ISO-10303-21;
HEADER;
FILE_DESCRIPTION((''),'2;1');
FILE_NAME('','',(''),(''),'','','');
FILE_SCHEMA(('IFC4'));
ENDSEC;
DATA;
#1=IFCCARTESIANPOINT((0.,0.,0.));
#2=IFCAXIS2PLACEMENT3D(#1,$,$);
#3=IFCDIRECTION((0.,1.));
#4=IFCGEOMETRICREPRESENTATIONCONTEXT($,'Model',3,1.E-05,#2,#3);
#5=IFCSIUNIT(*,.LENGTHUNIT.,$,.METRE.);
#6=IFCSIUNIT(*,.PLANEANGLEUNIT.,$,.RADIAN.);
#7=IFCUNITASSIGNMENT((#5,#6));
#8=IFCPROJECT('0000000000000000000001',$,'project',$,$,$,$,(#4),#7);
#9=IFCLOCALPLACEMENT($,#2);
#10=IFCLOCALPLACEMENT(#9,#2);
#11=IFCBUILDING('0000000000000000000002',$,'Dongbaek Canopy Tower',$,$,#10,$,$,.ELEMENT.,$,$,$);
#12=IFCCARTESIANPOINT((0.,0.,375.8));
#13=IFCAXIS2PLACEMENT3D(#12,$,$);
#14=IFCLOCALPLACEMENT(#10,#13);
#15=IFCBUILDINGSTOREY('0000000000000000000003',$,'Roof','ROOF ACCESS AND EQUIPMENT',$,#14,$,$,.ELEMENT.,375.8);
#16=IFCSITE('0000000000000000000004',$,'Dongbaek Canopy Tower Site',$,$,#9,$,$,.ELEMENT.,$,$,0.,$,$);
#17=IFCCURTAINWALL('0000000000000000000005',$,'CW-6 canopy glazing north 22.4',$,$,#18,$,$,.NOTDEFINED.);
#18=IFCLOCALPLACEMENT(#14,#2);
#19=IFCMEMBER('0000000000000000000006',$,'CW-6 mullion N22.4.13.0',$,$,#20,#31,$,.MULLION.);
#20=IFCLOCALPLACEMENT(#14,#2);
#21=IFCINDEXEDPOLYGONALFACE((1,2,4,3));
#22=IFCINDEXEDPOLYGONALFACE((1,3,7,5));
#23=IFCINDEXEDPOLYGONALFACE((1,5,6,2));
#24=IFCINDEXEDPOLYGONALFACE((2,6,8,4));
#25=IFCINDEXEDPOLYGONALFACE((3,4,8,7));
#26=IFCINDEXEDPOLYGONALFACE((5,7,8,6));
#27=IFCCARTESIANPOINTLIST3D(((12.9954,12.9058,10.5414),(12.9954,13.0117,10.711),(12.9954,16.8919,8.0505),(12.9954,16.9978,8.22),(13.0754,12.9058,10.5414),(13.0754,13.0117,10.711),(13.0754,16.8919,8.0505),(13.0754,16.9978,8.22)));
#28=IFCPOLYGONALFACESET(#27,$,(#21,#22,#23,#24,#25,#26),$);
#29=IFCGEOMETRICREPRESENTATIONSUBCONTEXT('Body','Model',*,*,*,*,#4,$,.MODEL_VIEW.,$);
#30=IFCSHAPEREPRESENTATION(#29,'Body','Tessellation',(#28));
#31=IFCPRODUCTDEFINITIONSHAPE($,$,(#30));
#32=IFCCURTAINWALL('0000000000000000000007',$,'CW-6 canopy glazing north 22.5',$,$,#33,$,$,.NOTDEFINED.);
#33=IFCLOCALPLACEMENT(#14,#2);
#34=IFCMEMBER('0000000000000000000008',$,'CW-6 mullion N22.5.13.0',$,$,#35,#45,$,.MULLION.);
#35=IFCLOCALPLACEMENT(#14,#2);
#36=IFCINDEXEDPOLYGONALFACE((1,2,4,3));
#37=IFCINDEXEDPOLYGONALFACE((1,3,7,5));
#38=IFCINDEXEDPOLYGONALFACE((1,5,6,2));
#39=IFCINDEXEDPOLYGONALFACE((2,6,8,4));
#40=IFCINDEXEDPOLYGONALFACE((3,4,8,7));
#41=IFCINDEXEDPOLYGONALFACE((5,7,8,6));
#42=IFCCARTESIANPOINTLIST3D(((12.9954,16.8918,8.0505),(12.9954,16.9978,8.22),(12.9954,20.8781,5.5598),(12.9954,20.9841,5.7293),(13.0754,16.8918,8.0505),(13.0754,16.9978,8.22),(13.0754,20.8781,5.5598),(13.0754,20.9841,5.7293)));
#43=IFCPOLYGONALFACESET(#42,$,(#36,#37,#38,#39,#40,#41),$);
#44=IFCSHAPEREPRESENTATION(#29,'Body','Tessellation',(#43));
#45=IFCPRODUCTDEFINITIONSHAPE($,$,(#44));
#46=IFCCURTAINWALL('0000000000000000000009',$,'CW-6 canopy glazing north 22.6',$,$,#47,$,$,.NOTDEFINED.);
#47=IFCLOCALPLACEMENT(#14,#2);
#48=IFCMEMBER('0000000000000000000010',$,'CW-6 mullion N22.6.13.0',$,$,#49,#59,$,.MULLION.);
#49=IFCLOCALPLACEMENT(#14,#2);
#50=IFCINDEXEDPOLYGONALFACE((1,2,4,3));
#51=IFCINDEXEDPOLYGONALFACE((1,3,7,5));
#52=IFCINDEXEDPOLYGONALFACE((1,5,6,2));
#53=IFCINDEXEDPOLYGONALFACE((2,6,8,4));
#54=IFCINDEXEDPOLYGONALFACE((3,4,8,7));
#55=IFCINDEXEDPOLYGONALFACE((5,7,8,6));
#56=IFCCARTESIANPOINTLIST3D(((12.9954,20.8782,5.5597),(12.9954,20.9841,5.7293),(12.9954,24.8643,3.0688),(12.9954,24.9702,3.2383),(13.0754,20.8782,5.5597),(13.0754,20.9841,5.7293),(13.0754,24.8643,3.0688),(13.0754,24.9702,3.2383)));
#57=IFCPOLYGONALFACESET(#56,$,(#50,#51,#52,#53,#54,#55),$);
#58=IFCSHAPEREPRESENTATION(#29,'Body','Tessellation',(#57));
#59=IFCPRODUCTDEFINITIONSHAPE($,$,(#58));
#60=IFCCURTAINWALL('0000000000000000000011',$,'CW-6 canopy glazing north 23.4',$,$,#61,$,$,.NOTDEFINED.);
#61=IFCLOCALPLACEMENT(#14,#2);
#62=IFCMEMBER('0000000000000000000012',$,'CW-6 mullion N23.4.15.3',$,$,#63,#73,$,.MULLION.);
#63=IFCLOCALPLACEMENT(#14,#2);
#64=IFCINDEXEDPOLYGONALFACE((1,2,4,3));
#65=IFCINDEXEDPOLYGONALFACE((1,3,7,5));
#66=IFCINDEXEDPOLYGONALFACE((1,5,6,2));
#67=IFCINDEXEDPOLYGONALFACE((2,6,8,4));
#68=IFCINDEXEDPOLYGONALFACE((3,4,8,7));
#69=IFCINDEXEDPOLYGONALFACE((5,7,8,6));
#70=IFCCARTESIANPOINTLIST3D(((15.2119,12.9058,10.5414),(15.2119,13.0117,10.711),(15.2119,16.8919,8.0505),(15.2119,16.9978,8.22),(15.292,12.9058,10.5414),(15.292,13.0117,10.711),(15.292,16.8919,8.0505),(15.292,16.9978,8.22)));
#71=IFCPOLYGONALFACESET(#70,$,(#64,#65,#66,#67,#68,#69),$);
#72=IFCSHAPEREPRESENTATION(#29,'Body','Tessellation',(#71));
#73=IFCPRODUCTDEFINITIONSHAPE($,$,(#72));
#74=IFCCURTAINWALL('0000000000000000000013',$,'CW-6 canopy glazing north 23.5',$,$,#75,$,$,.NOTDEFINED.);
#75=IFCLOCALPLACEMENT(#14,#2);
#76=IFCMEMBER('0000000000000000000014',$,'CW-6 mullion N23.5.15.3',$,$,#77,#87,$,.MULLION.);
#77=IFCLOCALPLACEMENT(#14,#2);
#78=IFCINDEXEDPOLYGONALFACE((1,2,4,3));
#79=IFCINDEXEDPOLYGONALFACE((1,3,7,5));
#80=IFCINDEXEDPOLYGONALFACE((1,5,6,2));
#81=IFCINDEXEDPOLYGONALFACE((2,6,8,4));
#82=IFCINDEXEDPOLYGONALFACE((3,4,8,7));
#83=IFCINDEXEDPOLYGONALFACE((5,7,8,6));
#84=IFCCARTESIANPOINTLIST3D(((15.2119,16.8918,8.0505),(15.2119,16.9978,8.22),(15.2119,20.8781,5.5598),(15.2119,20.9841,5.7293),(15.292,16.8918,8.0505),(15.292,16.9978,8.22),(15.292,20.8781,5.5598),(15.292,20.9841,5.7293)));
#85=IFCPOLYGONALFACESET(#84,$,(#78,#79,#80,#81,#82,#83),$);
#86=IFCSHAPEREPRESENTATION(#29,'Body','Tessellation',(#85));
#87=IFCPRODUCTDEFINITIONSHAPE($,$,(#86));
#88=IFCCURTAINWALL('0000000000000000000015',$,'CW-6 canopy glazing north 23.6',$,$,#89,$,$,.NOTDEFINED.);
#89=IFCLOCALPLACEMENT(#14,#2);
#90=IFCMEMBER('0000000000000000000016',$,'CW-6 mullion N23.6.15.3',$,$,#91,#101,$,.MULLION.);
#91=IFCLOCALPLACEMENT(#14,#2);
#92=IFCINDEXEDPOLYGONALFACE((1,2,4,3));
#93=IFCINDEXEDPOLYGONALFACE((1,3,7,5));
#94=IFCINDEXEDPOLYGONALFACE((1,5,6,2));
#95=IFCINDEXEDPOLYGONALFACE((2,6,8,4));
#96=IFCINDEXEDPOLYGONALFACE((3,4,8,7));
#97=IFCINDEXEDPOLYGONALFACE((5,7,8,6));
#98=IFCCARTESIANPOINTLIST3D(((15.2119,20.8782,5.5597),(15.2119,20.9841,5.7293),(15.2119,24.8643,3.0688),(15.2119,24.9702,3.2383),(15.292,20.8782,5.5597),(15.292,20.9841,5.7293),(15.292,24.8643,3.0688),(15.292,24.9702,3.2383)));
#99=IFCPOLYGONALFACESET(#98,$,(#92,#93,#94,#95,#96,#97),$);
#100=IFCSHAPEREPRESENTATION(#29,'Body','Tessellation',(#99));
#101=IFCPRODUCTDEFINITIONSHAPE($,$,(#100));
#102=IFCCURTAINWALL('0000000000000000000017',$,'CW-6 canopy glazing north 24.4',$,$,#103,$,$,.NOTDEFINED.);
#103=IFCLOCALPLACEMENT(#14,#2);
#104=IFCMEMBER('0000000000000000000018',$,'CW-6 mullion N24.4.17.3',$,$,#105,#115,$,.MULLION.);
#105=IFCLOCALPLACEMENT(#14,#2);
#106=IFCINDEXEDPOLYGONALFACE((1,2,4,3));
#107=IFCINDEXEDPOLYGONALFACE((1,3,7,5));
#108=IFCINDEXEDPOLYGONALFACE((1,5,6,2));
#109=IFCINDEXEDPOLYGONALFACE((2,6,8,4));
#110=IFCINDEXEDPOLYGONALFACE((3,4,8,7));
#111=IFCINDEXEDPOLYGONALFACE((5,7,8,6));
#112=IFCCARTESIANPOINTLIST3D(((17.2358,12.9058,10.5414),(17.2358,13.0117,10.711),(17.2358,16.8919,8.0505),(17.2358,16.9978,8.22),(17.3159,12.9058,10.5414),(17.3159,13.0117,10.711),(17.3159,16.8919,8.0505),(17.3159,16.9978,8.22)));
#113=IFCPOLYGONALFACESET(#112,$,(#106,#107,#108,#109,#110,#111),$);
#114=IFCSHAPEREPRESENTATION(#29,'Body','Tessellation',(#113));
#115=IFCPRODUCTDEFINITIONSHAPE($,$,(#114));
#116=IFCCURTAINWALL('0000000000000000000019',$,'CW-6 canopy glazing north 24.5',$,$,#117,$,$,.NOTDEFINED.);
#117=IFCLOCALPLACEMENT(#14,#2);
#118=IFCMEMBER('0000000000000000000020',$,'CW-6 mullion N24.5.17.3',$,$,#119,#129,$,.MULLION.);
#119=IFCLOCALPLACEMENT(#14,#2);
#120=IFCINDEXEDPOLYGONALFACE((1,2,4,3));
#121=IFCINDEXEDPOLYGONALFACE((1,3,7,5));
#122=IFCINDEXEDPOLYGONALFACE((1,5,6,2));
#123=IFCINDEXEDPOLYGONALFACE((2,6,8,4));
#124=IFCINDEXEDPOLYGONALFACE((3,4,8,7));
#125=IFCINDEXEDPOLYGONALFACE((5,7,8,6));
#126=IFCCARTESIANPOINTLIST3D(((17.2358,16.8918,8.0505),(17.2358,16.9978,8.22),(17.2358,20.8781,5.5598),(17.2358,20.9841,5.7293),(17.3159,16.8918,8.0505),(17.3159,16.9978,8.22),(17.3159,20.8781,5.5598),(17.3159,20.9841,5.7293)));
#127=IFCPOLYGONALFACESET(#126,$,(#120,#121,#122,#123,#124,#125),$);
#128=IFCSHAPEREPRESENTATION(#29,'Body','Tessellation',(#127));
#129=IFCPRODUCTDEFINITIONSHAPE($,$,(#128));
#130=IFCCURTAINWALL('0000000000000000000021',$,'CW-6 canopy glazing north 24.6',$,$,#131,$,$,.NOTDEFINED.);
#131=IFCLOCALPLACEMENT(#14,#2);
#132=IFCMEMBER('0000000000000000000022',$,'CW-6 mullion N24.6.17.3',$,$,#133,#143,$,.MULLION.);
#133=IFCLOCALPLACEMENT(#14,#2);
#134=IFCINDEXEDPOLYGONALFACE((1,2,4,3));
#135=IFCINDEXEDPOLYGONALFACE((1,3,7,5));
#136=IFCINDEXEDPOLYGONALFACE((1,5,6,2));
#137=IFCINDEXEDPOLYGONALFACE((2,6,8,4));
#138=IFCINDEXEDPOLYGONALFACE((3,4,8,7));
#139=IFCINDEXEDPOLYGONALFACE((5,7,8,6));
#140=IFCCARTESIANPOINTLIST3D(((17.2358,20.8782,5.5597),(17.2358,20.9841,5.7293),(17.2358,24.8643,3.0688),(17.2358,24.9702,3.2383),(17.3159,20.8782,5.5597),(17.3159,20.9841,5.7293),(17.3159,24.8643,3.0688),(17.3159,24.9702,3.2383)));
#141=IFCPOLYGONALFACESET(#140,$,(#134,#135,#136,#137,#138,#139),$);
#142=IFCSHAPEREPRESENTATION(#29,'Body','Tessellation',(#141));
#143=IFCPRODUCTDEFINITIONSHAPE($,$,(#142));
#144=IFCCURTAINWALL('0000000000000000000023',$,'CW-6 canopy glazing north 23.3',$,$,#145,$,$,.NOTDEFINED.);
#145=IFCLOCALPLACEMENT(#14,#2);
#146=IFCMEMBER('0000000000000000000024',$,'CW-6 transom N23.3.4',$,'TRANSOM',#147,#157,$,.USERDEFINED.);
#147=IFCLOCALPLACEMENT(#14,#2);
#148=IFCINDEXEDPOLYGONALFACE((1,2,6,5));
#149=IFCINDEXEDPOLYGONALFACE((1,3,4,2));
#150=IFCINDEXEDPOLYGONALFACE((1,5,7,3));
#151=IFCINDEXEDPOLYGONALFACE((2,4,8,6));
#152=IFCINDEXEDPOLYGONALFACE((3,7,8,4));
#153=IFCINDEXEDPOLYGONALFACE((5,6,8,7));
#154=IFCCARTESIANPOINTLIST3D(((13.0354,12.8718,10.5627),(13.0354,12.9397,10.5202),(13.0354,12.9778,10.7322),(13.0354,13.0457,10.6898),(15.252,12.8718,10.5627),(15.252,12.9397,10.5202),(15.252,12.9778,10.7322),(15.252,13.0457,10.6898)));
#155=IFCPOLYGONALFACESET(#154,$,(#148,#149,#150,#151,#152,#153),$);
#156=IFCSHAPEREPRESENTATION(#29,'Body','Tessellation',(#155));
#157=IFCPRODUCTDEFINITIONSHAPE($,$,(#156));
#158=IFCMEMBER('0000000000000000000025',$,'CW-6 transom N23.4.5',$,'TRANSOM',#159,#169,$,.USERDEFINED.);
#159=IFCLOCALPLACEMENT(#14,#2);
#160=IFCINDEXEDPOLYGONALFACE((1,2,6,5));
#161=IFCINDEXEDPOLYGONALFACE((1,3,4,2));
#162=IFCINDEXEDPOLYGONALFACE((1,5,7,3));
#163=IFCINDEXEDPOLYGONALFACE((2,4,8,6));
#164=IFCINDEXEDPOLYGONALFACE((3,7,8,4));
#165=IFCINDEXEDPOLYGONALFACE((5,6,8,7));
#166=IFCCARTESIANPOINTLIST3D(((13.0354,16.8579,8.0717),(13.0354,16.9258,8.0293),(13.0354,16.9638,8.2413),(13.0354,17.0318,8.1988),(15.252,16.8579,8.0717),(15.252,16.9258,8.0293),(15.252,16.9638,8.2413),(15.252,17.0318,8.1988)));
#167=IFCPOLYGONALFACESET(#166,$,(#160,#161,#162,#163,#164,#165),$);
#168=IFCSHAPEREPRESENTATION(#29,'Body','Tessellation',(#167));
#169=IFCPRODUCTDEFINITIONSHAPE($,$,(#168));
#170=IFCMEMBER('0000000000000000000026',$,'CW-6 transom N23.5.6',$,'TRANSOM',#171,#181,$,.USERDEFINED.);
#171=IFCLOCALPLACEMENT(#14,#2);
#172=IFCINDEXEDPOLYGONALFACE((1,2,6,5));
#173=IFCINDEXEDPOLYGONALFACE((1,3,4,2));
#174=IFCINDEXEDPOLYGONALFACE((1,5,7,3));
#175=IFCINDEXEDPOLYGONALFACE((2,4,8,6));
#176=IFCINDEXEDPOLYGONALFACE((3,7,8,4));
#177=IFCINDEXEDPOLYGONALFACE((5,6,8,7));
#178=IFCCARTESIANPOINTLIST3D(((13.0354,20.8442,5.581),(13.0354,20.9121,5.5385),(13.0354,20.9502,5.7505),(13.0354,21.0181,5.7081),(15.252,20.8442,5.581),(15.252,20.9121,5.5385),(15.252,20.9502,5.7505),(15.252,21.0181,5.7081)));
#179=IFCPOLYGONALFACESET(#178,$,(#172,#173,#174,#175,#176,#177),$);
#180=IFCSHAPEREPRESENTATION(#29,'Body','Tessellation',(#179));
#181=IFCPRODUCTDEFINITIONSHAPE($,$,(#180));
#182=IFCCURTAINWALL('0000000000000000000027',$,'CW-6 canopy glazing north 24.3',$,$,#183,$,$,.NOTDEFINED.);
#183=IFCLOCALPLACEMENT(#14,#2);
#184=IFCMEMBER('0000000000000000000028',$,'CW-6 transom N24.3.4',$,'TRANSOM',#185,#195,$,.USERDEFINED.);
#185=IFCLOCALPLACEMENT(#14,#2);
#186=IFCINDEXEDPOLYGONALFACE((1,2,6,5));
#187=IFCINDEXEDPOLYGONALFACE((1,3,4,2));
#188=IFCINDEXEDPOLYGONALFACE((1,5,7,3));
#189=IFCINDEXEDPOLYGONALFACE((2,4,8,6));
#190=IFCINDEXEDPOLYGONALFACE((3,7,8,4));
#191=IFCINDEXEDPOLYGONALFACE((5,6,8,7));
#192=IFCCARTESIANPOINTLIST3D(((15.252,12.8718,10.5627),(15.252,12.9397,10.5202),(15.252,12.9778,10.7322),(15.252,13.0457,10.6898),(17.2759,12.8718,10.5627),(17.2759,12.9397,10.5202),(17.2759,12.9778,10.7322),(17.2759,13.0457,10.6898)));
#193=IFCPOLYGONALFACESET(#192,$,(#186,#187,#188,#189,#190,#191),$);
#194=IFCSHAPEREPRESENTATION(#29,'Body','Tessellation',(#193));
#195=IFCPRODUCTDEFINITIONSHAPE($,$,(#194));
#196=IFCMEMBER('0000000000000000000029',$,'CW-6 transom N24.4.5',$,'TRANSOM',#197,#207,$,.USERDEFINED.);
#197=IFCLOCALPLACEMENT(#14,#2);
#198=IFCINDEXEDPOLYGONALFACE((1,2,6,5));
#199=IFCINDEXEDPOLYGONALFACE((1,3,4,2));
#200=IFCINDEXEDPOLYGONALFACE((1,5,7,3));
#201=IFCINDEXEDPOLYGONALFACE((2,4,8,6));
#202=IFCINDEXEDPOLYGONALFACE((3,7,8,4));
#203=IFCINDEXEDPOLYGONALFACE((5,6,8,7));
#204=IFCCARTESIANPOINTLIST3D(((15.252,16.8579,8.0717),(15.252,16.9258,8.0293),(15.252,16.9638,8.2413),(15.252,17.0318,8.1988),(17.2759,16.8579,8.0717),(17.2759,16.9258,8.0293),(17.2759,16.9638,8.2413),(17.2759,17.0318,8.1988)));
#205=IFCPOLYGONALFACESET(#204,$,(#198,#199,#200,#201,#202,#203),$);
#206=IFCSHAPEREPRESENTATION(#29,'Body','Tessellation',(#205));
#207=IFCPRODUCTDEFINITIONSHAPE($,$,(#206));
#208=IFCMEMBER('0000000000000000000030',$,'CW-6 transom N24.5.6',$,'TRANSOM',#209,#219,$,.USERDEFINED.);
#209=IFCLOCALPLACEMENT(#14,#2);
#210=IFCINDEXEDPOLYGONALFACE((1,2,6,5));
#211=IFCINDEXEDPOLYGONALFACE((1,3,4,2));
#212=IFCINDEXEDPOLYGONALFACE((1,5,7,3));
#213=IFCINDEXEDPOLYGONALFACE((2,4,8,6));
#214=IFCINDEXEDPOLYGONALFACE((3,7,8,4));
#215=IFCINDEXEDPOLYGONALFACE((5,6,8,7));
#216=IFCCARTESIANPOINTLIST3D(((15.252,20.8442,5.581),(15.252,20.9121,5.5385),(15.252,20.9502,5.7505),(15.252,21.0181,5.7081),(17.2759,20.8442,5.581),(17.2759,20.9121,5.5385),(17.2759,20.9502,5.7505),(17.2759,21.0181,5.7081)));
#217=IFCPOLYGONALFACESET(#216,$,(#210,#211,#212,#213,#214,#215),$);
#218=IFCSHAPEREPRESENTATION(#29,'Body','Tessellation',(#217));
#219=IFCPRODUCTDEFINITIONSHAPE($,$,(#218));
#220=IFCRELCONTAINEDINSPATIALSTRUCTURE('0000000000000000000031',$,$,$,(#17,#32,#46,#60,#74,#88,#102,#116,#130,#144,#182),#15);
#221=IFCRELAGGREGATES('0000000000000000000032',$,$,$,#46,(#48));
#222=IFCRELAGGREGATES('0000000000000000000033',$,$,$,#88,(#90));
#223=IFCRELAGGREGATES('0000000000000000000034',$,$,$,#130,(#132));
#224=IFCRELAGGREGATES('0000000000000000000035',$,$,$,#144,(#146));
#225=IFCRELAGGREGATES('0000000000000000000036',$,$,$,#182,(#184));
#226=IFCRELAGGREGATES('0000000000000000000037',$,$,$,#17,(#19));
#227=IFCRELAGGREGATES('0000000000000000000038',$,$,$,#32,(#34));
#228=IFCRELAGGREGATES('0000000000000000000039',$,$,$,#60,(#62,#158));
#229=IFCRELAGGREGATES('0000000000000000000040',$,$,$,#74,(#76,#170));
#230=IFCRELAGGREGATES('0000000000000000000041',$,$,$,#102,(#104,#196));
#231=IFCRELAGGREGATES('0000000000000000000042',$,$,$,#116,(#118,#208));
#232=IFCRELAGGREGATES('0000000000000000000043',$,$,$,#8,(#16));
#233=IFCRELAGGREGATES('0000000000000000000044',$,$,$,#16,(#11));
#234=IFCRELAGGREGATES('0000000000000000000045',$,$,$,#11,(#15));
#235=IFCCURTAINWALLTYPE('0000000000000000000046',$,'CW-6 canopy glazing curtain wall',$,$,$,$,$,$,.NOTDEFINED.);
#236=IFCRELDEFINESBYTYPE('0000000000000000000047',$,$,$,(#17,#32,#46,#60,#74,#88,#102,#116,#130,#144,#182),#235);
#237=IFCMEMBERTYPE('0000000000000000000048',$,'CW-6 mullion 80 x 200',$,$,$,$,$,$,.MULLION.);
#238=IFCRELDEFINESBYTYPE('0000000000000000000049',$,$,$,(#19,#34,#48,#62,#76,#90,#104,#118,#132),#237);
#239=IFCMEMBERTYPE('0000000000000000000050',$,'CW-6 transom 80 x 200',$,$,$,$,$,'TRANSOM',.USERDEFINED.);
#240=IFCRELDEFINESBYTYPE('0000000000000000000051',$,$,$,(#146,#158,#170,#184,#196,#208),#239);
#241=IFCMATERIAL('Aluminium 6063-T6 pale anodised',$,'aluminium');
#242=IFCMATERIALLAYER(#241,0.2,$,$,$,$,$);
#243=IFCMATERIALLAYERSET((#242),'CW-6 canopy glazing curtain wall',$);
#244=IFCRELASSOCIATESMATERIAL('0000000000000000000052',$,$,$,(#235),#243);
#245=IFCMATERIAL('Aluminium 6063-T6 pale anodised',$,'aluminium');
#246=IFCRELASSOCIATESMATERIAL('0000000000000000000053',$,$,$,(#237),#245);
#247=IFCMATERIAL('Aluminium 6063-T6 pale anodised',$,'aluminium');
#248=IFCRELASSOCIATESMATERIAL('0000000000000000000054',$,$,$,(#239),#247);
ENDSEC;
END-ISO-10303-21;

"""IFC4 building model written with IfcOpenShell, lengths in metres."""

from ifc_helpers import new_model, si_unit, direction, frame, origin, origin_2d, place, context, subcontext, project, spatial, rectangle, extrude, material, layer, layer_set, material_profile, profile_set, type_object, element, aggregate, save


model = new_model("IFC4")

# Units and contexts
model_context = context("Model", 3, precision=1e-05, world=origin(), true_north=direction((0.0, 1.0)))
body_context = subcontext(model_context, "Body", "Model", "MODEL_VIEW")
ifc_project = project(units=[si_unit("LENGTHUNIT", "METRE"), si_unit("PLANEANGLEUNIT", "RADIAN")], contexts=[model_context])

# Site, building, storey
site_placement = place(None, origin())
site = spatial("IfcSite", under=ifc_project, at=site_placement, Name="Dongbaek Canopy Tower Site", CompositionType="ELEMENT", RefElevation=0.0)
building_placement = place(site_placement, origin())
building = spatial("IfcBuilding", under=site, at=building_placement, Name="Dongbaek Canopy Tower", CompositionType="ELEMENT")
storey_placement = place(building_placement, frame((0.0, 0.0, 375.8)))
storey = spatial("IfcBuildingStorey", under=building, at=storey_placement, Name="Roof", Description="ROOF ACCESS AND EQUIPMENT", CompositionType="ELEMENT", Elevation=375.8)

# Curtain walls, members
ifc_material_1 = material(Name="Aluminium 6063-T6 pale anodised", Category="aluminium")
ifc_layer_1 = layer(ifc_material_1, 0.2)
ifc_layer_set_1 = layer_set([ifc_layer_1], Name="CW-6 canopy glazing curtain wall")
curtain_wall_type = type_object("IfcCurtainWallType", Name="CW-6 canopy glazing curtain wall", PredefinedType="NOTDEFINED", material=ifc_layer_set_1)
curtain_wall_1_placement = place(storey_placement, origin())
curtain_wall_1 = element("IfcCurtainWall", 1, at=curtain_wall_1_placement, inside=storey, type_object=curtain_wall_type, Name="CW-6 canopy glazing north 22.4", PredefinedType="NOTDEFINED")
ifc_material_2 = material(Name="Aluminium 6063-T6 pale anodised", Category="aluminium")
ifc_material_profile_1 = material_profile(ifc_material_2, rectangle(XDim=0.0801, YDim=0.2, at=origin_2d()), Name="CW-6 mullion 80 x 200")
ifc_profile_set_1 = profile_set([ifc_material_profile_1], Name="Aluminium 6063-T6 pale anodised")
member_type_1 = type_object("IfcMemberType", Name="CW-6 mullion 80 x 200", PredefinedType="MULLION", material=ifc_profile_set_1)
member_1_placement = place(storey_placement, frame((13.0354, 12.9587, 10.6262), z_axis=(0.0, 0.84803, -0.529948), x_axis=(-1.0, 0.0, 0.0)))
member_1 = element("IfcMember", 2, at=member_1_placement, type_object=member_type_1, Name="CW-6 mullion N22.4.13.0", PredefinedType="MULLION", context=body_context, shape_type="SweptSolid", body=[
    extrude(rectangle(XDim=0.0801, YDim=0.2, at=origin_2d()), origin(), (0.0, 0.0, 1.0), 4.7004),
])
curtain_wall_2_placement = place(storey_placement, origin())
curtain_wall_2 = element("IfcCurtainWall", 3, at=curtain_wall_2_placement, inside=storey, type_object=curtain_wall_type, Name="CW-6 canopy glazing north 22.5", PredefinedType="NOTDEFINED")
member_2_placement = place(storey_placement, frame((13.0354, 16.9448, 8.1353), z_axis=(0.0, 0.848068, -0.529887), x_axis=(-1.0, 0.0, 0.0)))
member_2 = element("IfcMember", 4, at=member_2_placement, type_object=member_type_1, Name="CW-6 mullion N22.5.13.0", PredefinedType="MULLION", context=body_context, shape_type="SweptSolid", body=[
    extrude(rectangle(XDim=0.0801, YDim=0.2, at=origin_2d()), origin(), (0.0, 0.0, 1.0), 4.7004),
])
curtain_wall_3_placement = place(storey_placement, origin())
curtain_wall_3 = element("IfcCurtainWall", 5, at=curtain_wall_3_placement, inside=storey, type_object=curtain_wall_type, Name="CW-6 canopy glazing north 22.6", PredefinedType="NOTDEFINED")
member_3_placement = place(storey_placement, frame((13.0354, 20.9312, 5.6445), z_axis=(0.0, 0.84803, -0.529948), x_axis=(-1.0, 0.0, 0.0)))
member_3 = element("IfcMember", 6, at=member_3_placement, type_object=member_type_1, Name="CW-6 mullion N22.6.13.0", PredefinedType="MULLION", context=body_context, shape_type="SweptSolid", body=[
    extrude(rectangle(XDim=0.0801, YDim=0.2, at=origin_2d()), origin(), (0.0, 0.0, 1.0), 4.7004),
])
aggregate(curtain_wall_3, [member_3])
curtain_wall_4_placement = place(storey_placement, origin())
curtain_wall_4 = element("IfcCurtainWall", 7, at=curtain_wall_4_placement, inside=storey, type_object=curtain_wall_type, Name="CW-6 canopy glazing north 23.4", PredefinedType="NOTDEFINED")
member_4_placement = place(storey_placement, frame((15.252, 12.9587, 10.6262), z_axis=(0.0, 0.84803, -0.529948), x_axis=(-1.0, 0.0, 0.0)))
member_4 = element("IfcMember", 8, at=member_4_placement, type_object=member_type_1, Name="CW-6 mullion N23.4.15.3", PredefinedType="MULLION", context=body_context, shape_type="SweptSolid", body=[
    extrude(rectangle(XDim=0.0801, YDim=0.2, at=origin_2d()), origin(), (0.0, 0.0, 1.0), 4.7004),
])
curtain_wall_5_placement = place(storey_placement, origin())
curtain_wall_5 = element("IfcCurtainWall", 9, at=curtain_wall_5_placement, inside=storey, type_object=curtain_wall_type, Name="CW-6 canopy glazing north 23.5", PredefinedType="NOTDEFINED")
member_5_placement = place(storey_placement, frame((15.252, 16.9448, 8.1353), z_axis=(0.0, 0.848068, -0.529887), x_axis=(-1.0, 0.0, 0.0)))
member_5 = element("IfcMember", 10, at=member_5_placement, type_object=member_type_1, Name="CW-6 mullion N23.5.15.3", PredefinedType="MULLION", context=body_context, shape_type="SweptSolid", body=[
    extrude(rectangle(XDim=0.0801, YDim=0.2, at=origin_2d()), origin(), (0.0, 0.0, 1.0), 4.7004),
])
curtain_wall_6_placement = place(storey_placement, origin())
curtain_wall_6 = element("IfcCurtainWall", 11, at=curtain_wall_6_placement, inside=storey, type_object=curtain_wall_type, Name="CW-6 canopy glazing north 23.6", PredefinedType="NOTDEFINED")
member_6_placement = place(storey_placement, frame((15.252, 20.9312, 5.6445), z_axis=(0.0, 0.84803, -0.529948), x_axis=(-1.0, 0.0, 0.0)))
member_6 = element("IfcMember", 12, at=member_6_placement, type_object=member_type_1, Name="CW-6 mullion N23.6.15.3", PredefinedType="MULLION", context=body_context, shape_type="SweptSolid", body=[
    extrude(rectangle(XDim=0.0801, YDim=0.2, at=origin_2d()), origin(), (0.0, 0.0, 1.0), 4.7004),
])
aggregate(curtain_wall_6, [member_6])
curtain_wall_7_placement = place(storey_placement, origin())
curtain_wall_7 = element("IfcCurtainWall", 13, at=curtain_wall_7_placement, inside=storey, type_object=curtain_wall_type, Name="CW-6 canopy glazing north 24.4", PredefinedType="NOTDEFINED")
member_7_placement = place(storey_placement, frame((17.2759, 12.9587, 10.6262), z_axis=(0.0, 0.84803, -0.529948), x_axis=(-1.0, 0.0, 0.0)))
member_7 = element("IfcMember", 14, at=member_7_placement, type_object=member_type_1, Name="CW-6 mullion N24.4.17.3", PredefinedType="MULLION", context=body_context, shape_type="SweptSolid", body=[
    extrude(rectangle(XDim=0.0801, YDim=0.2, at=origin_2d()), origin(), (0.0, 0.0, 1.0), 4.7004),
])
curtain_wall_8_placement = place(storey_placement, origin())
curtain_wall_8 = element("IfcCurtainWall", 15, at=curtain_wall_8_placement, inside=storey, type_object=curtain_wall_type, Name="CW-6 canopy glazing north 24.5", PredefinedType="NOTDEFINED")
member_8_placement = place(storey_placement, frame((17.2759, 16.9448, 8.1353), z_axis=(0.0, 0.848068, -0.529887), x_axis=(-1.0, 0.0, 0.0)))
member_8 = element("IfcMember", 16, at=member_8_placement, type_object=member_type_1, Name="CW-6 mullion N24.5.17.3", PredefinedType="MULLION", context=body_context, shape_type="SweptSolid", body=[
    extrude(rectangle(XDim=0.0801, YDim=0.2, at=origin_2d()), origin(), (0.0, 0.0, 1.0), 4.7004),
])
curtain_wall_9_placement = place(storey_placement, origin())
curtain_wall_9 = element("IfcCurtainWall", 17, at=curtain_wall_9_placement, inside=storey, type_object=curtain_wall_type, Name="CW-6 canopy glazing north 24.6", PredefinedType="NOTDEFINED")
member_9_placement = place(storey_placement, frame((17.2759, 20.9312, 5.6445), z_axis=(0.0, 0.84803, -0.529948), x_axis=(-1.0, 0.0, 0.0)))
member_9 = element("IfcMember", 18, at=member_9_placement, type_object=member_type_1, Name="CW-6 mullion N24.6.17.3", PredefinedType="MULLION", context=body_context, shape_type="SweptSolid", body=[
    extrude(rectangle(XDim=0.0801, YDim=0.2, at=origin_2d()), origin(), (0.0, 0.0, 1.0), 4.7004),
])
aggregate(curtain_wall_9, [member_9])
curtain_wall_10_placement = place(storey_placement, origin())
curtain_wall_10 = element("IfcCurtainWall", 19, at=curtain_wall_10_placement, inside=storey, type_object=curtain_wall_type, Name="CW-6 canopy glazing north 23.3", PredefinedType="NOTDEFINED")
ifc_material_3 = material(Name="Aluminium 6063-T6 pale anodised", Category="aluminium")
ifc_material_profile_2 = material_profile(ifc_material_3, rectangle(XDim=0.0801, YDim=0.2, at=origin_2d()), Name="CW-6 transom 80 x 200")
ifc_profile_set_2 = profile_set([ifc_material_profile_2], Name="Aluminium 6063-T6 pale anodised")
member_type_2 = type_object("IfcMemberType", Name="CW-6 transom 80 x 200", ElementType="TRANSOM", PredefinedType="USERDEFINED", material=ifc_profile_set_2)
member_10_placement = place(storey_placement, frame((13.0354, 12.9587, 10.6262), z_axis=(1.0, 0.0, 0.0), x_axis=(0.0, 0.848048, -0.529919)))
member_10 = element("IfcMember", 20, at=member_10_placement, type_object=member_type_2, Name="CW-6 transom N23.3.4", ObjectType="TRANSOM", PredefinedType="USERDEFINED", context=body_context, shape_type="SweptSolid", body=[
    extrude(rectangle(XDim=0.0801, YDim=0.2, at=origin_2d()), origin(), (0.0, 0.0, 1.0), 2.2166),
])
aggregate(curtain_wall_10, [member_10])

# Members
member_11_placement = place(storey_placement, frame((13.0354, 16.9448, 8.1353), z_axis=(1.0, 0.0, 0.0), x_axis=(0.0, 0.848048, -0.529919)))
member_11 = element("IfcMember", 21, at=member_11_placement, type_object=member_type_2, Name="CW-6 transom N23.4.5", ObjectType="TRANSOM", PredefinedType="USERDEFINED", context=body_context, shape_type="SweptSolid", body=[
    extrude(rectangle(XDim=0.0801, YDim=0.2, at=origin_2d()), origin(), (0.0, 0.0, 1.0), 2.2166),
])
member_12_placement = place(storey_placement, frame((13.0354, 20.9312, 5.6445), z_axis=(1.0, 0.0, 0.0), x_axis=(0.0, 0.848048, -0.529919)))
member_12 = element("IfcMember", 22, at=member_12_placement, type_object=member_type_2, Name="CW-6 transom N23.5.6", ObjectType="TRANSOM", PredefinedType="USERDEFINED", context=body_context, shape_type="SweptSolid", body=[
    extrude(rectangle(XDim=0.0801, YDim=0.2, at=origin_2d()), origin(), (0.0, 0.0, 1.0), 2.2166),
])

# Curtain wall, member
curtain_wall_11_placement = place(storey_placement, origin())
curtain_wall_11 = element("IfcCurtainWall", 23, at=curtain_wall_11_placement, inside=storey, type_object=curtain_wall_type, Name="CW-6 canopy glazing north 24.3", PredefinedType="NOTDEFINED")
member_13_placement = place(storey_placement, frame((15.252, 12.9587, 10.6262), z_axis=(1.0, 0.0, 0.0), x_axis=(0.0, 0.848048, -0.529919)))
member_13 = element("IfcMember", 24, at=member_13_placement, type_object=member_type_2, Name="CW-6 transom N24.3.4", ObjectType="TRANSOM", PredefinedType="USERDEFINED", context=body_context, shape_type="SweptSolid", body=[
    extrude(rectangle(XDim=0.0801, YDim=0.2, at=origin_2d()), origin(), (0.0, 0.0, 1.0), 2.0239),
])
aggregate(curtain_wall_11, [member_13])

# Members
member_14_placement = place(storey_placement, frame((15.252, 16.9448, 8.1353), z_axis=(1.0, 0.0, 0.0), x_axis=(0.0, 0.848048, -0.529919)))
member_14 = element("IfcMember", 25, at=member_14_placement, type_object=member_type_2, Name="CW-6 transom N24.4.5", ObjectType="TRANSOM", PredefinedType="USERDEFINED", context=body_context, shape_type="SweptSolid", body=[
    extrude(rectangle(XDim=0.0801, YDim=0.2, at=origin_2d()), origin(), (0.0, 0.0, 1.0), 2.0239),
])
member_15_placement = place(storey_placement, frame((15.252, 20.9312, 5.6445), z_axis=(1.0, 0.0, 0.0), x_axis=(0.0, 0.848048, -0.529919)))
member_15 = element("IfcMember", 26, at=member_15_placement, type_object=member_type_2, Name="CW-6 transom N24.5.6", ObjectType="TRANSOM", PredefinedType="USERDEFINED", context=body_context, shape_type="SweptSolid", body=[
    extrude(rectangle(XDim=0.0801, YDim=0.2, at=origin_2d()), origin(), (0.0, 0.0, 1.0), 2.0239),
])

aggregate(curtain_wall_1, [member_1])
aggregate(curtain_wall_2, [member_2])
aggregate(curtain_wall_4, [member_4, member_11])
aggregate(curtain_wall_5, [member_5, member_12])
aggregate(curtain_wall_7, [member_7, member_14])
aggregate(curtain_wall_8, [member_8, member_15])

save(model, "model.ifc")
